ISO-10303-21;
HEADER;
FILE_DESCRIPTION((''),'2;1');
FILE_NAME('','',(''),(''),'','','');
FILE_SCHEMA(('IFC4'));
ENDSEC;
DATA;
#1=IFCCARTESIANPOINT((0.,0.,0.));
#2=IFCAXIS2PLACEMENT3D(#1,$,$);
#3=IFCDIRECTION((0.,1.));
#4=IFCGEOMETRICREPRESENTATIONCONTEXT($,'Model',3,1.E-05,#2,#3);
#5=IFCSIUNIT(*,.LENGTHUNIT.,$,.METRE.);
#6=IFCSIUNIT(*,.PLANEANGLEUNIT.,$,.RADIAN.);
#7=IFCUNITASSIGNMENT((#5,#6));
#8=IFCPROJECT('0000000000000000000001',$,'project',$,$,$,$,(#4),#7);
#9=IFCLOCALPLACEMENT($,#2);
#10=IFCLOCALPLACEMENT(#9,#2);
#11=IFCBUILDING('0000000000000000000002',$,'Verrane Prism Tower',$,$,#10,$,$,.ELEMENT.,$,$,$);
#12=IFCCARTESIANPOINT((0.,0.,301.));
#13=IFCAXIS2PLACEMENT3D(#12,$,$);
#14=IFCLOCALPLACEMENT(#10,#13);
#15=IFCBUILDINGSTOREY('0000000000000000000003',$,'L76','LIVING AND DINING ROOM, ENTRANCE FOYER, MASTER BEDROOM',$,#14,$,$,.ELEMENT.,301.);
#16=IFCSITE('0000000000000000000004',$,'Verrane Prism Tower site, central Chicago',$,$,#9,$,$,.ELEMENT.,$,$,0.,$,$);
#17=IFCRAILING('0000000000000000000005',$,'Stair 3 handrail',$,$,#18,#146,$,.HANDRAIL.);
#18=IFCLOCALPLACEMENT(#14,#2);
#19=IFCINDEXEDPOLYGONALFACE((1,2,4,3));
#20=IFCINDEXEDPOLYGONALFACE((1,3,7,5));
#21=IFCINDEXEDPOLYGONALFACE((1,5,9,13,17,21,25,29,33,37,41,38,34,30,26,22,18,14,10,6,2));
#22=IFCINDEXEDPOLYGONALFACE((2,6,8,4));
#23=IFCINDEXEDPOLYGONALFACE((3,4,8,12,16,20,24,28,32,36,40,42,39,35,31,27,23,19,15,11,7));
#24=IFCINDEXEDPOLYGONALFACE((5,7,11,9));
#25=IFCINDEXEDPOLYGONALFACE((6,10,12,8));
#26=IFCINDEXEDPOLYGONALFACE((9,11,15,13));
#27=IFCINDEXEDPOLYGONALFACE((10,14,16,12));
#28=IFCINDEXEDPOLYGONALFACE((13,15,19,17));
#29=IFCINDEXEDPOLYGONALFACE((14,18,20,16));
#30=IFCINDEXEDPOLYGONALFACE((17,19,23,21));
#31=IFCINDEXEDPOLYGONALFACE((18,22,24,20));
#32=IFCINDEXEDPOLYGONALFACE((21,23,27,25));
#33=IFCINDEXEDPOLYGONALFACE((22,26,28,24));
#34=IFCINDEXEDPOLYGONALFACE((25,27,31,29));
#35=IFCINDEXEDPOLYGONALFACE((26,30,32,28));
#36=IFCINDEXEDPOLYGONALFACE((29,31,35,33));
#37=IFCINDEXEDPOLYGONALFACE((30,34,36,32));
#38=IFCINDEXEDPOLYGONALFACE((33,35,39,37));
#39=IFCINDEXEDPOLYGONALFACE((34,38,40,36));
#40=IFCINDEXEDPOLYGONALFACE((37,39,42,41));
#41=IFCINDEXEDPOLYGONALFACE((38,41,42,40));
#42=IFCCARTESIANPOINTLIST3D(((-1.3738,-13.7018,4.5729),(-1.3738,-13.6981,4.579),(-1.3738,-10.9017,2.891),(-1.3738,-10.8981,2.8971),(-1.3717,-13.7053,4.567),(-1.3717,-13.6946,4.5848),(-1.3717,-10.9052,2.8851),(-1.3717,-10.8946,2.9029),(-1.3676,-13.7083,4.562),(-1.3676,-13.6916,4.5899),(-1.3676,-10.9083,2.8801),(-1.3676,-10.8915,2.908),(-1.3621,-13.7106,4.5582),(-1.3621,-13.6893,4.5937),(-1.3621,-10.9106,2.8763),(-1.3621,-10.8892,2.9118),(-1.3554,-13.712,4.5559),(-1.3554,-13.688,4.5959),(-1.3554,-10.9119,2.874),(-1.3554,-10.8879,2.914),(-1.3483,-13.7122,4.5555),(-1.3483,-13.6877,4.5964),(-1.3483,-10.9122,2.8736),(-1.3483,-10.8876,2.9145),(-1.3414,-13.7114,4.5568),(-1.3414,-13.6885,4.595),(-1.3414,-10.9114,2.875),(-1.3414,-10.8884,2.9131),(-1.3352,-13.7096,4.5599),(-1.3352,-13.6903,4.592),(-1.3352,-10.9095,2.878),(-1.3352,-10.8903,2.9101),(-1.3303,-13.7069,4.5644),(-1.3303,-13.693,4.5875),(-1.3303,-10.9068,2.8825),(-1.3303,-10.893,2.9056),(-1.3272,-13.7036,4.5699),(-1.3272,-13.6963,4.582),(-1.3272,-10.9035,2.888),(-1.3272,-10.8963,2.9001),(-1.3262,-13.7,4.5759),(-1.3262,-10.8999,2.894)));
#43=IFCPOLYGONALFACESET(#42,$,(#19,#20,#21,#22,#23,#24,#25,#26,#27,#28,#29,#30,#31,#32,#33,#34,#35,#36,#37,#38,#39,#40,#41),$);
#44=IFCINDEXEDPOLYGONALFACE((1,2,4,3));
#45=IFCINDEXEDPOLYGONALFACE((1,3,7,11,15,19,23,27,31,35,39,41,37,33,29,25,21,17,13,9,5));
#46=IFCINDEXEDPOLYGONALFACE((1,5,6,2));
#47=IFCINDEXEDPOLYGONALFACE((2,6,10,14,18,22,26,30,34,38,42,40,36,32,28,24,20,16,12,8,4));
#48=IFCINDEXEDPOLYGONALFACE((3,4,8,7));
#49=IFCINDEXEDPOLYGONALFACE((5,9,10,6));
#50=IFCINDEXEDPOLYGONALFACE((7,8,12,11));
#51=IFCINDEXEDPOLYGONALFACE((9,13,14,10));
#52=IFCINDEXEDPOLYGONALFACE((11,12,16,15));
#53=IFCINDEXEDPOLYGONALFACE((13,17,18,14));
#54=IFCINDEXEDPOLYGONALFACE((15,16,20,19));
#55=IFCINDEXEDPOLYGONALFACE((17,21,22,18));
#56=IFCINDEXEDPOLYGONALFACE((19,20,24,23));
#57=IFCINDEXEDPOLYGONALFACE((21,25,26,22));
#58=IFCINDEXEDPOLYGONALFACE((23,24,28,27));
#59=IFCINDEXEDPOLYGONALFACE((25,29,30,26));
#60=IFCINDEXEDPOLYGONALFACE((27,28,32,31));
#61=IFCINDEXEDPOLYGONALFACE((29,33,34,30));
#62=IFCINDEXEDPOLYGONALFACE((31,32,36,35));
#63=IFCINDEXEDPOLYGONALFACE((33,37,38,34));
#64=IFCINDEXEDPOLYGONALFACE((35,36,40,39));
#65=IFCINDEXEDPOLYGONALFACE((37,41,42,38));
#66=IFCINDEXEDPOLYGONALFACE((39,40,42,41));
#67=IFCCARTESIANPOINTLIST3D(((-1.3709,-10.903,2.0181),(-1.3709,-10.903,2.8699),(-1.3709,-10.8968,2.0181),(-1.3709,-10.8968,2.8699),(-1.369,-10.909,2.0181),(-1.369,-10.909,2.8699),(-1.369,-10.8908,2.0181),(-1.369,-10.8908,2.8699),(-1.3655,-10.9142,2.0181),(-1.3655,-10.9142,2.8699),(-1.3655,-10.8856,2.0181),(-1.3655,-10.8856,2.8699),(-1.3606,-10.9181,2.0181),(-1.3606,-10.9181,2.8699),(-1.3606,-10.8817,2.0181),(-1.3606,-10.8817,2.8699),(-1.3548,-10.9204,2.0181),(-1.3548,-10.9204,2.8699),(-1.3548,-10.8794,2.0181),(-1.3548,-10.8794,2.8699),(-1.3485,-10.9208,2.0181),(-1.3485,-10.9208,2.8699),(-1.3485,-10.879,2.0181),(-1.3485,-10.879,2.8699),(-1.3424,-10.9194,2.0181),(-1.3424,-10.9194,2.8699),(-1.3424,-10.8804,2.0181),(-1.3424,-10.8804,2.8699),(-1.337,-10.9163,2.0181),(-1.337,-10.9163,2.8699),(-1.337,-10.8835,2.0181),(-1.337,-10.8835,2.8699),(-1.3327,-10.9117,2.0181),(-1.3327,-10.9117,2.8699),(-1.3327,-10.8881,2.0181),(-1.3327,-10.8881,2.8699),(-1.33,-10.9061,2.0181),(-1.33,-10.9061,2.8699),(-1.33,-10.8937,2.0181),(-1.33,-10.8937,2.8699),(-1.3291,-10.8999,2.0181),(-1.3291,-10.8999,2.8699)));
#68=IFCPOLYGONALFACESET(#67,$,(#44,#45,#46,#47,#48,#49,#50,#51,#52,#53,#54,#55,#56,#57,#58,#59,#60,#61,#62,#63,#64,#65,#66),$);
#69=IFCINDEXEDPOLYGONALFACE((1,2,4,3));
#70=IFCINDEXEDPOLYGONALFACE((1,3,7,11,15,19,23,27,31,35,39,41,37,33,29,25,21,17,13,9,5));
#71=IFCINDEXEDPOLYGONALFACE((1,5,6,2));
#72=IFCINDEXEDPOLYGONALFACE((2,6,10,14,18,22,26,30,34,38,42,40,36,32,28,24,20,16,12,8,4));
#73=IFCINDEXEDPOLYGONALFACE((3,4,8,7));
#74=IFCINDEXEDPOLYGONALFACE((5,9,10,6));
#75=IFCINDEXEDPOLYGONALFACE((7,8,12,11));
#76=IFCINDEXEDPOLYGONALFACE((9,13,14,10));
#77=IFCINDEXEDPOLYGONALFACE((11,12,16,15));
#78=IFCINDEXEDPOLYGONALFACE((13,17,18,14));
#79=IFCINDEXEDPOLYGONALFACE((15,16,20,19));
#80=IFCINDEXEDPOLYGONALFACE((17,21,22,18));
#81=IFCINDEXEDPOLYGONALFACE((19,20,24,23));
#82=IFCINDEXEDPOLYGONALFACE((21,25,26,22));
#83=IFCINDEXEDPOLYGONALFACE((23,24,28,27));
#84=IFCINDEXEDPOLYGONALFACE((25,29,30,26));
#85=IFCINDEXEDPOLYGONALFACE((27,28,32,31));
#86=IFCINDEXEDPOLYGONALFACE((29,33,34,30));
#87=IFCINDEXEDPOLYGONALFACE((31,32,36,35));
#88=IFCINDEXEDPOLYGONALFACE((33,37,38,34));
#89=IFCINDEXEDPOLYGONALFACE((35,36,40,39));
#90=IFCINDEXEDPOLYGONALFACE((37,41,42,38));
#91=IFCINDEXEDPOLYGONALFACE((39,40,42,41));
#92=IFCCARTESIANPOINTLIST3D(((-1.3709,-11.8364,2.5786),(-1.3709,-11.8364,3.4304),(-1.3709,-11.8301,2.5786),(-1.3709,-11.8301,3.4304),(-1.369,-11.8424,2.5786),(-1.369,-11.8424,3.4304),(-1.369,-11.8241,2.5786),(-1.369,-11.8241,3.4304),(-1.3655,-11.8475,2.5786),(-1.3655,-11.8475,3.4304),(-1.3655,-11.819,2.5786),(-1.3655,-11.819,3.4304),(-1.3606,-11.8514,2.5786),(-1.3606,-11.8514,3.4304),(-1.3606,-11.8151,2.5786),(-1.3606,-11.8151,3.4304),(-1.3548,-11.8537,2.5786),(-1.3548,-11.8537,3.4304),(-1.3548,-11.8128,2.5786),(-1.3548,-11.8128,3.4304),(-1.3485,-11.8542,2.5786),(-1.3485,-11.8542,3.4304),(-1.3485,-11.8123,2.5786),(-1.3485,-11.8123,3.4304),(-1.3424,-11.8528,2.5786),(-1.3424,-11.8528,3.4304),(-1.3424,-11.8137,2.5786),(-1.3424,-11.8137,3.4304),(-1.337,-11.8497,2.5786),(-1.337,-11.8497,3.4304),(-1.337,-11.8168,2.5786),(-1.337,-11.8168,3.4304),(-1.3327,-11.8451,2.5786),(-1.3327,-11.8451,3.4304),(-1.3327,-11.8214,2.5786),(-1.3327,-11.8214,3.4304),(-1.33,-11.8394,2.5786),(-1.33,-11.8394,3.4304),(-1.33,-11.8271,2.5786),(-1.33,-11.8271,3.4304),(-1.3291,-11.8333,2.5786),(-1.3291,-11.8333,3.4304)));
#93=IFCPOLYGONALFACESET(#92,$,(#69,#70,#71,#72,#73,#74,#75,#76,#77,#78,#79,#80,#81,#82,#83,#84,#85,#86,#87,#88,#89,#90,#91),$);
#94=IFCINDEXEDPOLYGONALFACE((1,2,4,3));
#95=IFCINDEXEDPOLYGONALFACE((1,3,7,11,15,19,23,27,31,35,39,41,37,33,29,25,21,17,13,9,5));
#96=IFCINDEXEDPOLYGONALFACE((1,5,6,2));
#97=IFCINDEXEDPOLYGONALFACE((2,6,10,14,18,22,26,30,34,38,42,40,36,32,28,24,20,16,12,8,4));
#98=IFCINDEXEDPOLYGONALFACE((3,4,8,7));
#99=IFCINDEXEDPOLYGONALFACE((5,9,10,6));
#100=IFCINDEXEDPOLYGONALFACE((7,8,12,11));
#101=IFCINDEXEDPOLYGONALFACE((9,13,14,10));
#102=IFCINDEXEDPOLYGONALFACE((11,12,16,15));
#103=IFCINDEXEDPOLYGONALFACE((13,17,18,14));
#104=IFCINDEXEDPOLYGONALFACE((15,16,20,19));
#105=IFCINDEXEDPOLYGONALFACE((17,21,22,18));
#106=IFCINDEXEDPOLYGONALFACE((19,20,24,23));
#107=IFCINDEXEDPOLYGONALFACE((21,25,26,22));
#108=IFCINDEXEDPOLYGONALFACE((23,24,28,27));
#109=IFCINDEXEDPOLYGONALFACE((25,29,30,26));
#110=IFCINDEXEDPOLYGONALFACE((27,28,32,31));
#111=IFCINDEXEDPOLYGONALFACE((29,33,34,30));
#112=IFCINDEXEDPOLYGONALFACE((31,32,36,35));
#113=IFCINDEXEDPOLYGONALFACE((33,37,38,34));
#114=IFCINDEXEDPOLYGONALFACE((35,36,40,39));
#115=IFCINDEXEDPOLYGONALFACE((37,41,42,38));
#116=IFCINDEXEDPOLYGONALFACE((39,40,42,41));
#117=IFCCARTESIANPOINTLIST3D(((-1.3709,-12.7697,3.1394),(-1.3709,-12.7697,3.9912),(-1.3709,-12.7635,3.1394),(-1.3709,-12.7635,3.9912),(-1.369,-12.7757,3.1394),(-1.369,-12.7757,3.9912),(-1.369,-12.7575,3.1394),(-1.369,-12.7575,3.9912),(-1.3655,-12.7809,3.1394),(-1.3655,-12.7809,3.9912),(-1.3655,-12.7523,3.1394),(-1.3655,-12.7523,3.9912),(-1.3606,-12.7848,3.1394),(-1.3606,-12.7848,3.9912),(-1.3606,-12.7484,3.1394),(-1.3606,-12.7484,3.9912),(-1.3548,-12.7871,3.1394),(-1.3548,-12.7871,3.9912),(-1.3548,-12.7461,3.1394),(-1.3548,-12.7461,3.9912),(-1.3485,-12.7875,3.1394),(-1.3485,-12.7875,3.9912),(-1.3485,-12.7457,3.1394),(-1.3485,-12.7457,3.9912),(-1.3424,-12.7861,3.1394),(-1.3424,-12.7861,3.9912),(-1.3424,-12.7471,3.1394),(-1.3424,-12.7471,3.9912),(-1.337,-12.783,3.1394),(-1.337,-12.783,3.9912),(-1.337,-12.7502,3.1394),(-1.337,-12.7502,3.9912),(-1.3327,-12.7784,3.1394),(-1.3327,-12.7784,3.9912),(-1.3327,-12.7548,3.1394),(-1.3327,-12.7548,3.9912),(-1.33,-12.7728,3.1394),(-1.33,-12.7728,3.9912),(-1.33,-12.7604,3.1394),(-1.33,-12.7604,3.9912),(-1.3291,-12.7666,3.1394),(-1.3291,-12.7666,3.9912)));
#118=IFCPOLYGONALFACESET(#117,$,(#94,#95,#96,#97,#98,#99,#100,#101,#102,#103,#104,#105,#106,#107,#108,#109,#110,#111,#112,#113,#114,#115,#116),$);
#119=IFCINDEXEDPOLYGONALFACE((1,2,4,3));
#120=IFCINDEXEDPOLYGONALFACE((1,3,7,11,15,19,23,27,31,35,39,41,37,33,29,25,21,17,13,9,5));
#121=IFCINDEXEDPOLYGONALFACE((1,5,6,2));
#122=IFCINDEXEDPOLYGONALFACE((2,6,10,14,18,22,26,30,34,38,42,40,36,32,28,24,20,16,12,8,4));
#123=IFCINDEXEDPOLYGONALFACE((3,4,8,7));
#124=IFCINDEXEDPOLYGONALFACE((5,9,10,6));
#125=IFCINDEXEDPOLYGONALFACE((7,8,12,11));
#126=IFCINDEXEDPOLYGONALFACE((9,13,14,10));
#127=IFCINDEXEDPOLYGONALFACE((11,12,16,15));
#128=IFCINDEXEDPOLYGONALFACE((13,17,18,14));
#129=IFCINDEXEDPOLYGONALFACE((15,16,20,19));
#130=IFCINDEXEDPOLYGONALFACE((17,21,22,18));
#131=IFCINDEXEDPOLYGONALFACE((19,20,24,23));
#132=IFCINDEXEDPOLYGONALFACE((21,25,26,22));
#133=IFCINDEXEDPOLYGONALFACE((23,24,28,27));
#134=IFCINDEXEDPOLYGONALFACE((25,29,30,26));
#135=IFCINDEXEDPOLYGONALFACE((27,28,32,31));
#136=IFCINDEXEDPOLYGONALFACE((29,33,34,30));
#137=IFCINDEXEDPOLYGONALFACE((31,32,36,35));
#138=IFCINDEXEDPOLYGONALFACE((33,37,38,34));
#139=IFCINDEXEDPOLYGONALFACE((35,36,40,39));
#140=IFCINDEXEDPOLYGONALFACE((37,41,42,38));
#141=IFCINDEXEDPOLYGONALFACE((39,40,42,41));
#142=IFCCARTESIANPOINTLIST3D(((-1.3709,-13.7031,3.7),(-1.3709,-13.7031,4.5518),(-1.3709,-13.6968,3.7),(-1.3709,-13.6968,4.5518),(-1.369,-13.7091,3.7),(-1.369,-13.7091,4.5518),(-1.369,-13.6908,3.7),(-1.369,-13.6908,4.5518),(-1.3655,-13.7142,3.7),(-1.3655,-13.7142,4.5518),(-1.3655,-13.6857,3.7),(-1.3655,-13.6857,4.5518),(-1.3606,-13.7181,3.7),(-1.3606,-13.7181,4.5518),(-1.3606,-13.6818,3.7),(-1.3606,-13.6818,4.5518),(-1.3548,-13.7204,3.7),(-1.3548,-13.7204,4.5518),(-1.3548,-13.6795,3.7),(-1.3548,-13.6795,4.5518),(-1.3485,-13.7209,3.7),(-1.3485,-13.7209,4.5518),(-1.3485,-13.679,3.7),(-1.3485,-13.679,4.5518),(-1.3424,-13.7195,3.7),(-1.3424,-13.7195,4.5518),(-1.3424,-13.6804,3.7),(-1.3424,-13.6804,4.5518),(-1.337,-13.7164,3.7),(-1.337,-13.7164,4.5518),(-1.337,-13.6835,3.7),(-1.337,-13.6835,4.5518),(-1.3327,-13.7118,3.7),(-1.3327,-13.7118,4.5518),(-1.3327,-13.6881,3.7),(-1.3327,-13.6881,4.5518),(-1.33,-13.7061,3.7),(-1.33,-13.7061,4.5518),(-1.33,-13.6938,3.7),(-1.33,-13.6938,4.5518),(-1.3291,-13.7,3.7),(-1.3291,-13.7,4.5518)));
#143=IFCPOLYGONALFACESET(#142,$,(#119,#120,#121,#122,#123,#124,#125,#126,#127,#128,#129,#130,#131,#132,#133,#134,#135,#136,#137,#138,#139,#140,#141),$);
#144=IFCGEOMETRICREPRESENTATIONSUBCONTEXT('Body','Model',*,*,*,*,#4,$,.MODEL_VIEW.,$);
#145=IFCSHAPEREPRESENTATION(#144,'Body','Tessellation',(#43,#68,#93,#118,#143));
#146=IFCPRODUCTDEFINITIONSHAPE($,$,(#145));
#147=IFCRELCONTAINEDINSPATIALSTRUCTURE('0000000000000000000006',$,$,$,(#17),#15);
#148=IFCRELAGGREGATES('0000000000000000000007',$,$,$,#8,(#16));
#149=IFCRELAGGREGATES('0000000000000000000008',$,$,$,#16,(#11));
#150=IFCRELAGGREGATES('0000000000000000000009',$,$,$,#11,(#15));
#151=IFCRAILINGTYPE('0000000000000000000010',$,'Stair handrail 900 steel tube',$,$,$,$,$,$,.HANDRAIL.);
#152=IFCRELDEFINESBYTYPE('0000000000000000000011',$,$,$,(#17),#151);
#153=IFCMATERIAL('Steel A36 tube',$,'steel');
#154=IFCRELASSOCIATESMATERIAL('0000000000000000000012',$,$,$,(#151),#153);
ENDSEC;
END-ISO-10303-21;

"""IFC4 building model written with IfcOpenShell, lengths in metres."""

from ifc_helpers import new_model, si_unit, direction, frame, origin, origin_2d, place, context, subcontext, project, spatial, circle, extrude, material, type_object, element, save


model = new_model("IFC4")

# Units and contexts
model_context = context("Model", 3, precision=1e-05, world=origin(), true_north=direction((0.0, 1.0)))
body_context = subcontext(model_context, "Body", "Model", "MODEL_VIEW")
ifc_project = project(units=[si_unit("LENGTHUNIT", "METRE"), si_unit("PLANEANGLEUNIT", "RADIAN")], contexts=[model_context])

# Site, building, storey
site_placement = place(None, origin())
site = spatial("IfcSite", under=ifc_project, at=site_placement, Name="Verrane Prism Tower site, central Chicago", CompositionType="ELEMENT", RefElevation=0.0)
building_placement = place(site_placement, origin())
building = spatial("IfcBuilding", under=site, at=building_placement, Name="Verrane Prism Tower", CompositionType="ELEMENT")
storey_placement = place(building_placement, frame((0.0, 0.0, 301.0)))
storey = spatial("IfcBuildingStorey", under=building, at=storey_placement, Name="L76", Description="LIVING AND DINING ROOM, ENTRANCE FOYER, MASTER BEDROOM", CompositionType="ELEMENT", Elevation=301.0)

# Railing
ifc_material_1 = material(Name="Steel A36 tube", Category="steel")
railing_type = type_object("IfcRailingType", Name="Stair handrail 900 steel tube", PredefinedType="HANDRAIL", material=ifc_material_1)
railing_placement = place(storey_placement, frame((-1.3501, -10.8999, 2.0181)))
element("IfcRailing", 1, at=railing_placement, inside=storey, type_object=railing_type, Name="Stair 3 handrail", PredefinedType="HANDRAIL", context=body_context, shape_type="SweptSolid", body=[
    extrude(circle(Radius=0.0239, at=origin_2d()), frame((0.0, 0.0, 0.876), z_axis=(0.0, -0.857242, 0.514913), x_axis=(1.0, 0.0, 0.0)), (0.0, 0.0, 1.0), 3.2664),
    extrude(circle(Radius=0.021, at=origin_2d()), origin(), (0.0, 0.0, 1.0), 0.8518),
    extrude(circle(Radius=0.021, at=origin_2d()), frame((0.0, -0.9333, 0.5605)), (0.0, 0.0, 1.0), 0.8518),
    extrude(circle(Radius=0.021, at=origin_2d()), frame((0.0, -1.8667, 1.1213)), (0.0, 0.0, 1.0), 0.8518),
    extrude(circle(Radius=0.021, at=origin_2d()), frame((0.0, -2.8, 1.6819)), (0.0, 0.0, 1.0), 0.8518),
])

save(model, "model.ifc")
